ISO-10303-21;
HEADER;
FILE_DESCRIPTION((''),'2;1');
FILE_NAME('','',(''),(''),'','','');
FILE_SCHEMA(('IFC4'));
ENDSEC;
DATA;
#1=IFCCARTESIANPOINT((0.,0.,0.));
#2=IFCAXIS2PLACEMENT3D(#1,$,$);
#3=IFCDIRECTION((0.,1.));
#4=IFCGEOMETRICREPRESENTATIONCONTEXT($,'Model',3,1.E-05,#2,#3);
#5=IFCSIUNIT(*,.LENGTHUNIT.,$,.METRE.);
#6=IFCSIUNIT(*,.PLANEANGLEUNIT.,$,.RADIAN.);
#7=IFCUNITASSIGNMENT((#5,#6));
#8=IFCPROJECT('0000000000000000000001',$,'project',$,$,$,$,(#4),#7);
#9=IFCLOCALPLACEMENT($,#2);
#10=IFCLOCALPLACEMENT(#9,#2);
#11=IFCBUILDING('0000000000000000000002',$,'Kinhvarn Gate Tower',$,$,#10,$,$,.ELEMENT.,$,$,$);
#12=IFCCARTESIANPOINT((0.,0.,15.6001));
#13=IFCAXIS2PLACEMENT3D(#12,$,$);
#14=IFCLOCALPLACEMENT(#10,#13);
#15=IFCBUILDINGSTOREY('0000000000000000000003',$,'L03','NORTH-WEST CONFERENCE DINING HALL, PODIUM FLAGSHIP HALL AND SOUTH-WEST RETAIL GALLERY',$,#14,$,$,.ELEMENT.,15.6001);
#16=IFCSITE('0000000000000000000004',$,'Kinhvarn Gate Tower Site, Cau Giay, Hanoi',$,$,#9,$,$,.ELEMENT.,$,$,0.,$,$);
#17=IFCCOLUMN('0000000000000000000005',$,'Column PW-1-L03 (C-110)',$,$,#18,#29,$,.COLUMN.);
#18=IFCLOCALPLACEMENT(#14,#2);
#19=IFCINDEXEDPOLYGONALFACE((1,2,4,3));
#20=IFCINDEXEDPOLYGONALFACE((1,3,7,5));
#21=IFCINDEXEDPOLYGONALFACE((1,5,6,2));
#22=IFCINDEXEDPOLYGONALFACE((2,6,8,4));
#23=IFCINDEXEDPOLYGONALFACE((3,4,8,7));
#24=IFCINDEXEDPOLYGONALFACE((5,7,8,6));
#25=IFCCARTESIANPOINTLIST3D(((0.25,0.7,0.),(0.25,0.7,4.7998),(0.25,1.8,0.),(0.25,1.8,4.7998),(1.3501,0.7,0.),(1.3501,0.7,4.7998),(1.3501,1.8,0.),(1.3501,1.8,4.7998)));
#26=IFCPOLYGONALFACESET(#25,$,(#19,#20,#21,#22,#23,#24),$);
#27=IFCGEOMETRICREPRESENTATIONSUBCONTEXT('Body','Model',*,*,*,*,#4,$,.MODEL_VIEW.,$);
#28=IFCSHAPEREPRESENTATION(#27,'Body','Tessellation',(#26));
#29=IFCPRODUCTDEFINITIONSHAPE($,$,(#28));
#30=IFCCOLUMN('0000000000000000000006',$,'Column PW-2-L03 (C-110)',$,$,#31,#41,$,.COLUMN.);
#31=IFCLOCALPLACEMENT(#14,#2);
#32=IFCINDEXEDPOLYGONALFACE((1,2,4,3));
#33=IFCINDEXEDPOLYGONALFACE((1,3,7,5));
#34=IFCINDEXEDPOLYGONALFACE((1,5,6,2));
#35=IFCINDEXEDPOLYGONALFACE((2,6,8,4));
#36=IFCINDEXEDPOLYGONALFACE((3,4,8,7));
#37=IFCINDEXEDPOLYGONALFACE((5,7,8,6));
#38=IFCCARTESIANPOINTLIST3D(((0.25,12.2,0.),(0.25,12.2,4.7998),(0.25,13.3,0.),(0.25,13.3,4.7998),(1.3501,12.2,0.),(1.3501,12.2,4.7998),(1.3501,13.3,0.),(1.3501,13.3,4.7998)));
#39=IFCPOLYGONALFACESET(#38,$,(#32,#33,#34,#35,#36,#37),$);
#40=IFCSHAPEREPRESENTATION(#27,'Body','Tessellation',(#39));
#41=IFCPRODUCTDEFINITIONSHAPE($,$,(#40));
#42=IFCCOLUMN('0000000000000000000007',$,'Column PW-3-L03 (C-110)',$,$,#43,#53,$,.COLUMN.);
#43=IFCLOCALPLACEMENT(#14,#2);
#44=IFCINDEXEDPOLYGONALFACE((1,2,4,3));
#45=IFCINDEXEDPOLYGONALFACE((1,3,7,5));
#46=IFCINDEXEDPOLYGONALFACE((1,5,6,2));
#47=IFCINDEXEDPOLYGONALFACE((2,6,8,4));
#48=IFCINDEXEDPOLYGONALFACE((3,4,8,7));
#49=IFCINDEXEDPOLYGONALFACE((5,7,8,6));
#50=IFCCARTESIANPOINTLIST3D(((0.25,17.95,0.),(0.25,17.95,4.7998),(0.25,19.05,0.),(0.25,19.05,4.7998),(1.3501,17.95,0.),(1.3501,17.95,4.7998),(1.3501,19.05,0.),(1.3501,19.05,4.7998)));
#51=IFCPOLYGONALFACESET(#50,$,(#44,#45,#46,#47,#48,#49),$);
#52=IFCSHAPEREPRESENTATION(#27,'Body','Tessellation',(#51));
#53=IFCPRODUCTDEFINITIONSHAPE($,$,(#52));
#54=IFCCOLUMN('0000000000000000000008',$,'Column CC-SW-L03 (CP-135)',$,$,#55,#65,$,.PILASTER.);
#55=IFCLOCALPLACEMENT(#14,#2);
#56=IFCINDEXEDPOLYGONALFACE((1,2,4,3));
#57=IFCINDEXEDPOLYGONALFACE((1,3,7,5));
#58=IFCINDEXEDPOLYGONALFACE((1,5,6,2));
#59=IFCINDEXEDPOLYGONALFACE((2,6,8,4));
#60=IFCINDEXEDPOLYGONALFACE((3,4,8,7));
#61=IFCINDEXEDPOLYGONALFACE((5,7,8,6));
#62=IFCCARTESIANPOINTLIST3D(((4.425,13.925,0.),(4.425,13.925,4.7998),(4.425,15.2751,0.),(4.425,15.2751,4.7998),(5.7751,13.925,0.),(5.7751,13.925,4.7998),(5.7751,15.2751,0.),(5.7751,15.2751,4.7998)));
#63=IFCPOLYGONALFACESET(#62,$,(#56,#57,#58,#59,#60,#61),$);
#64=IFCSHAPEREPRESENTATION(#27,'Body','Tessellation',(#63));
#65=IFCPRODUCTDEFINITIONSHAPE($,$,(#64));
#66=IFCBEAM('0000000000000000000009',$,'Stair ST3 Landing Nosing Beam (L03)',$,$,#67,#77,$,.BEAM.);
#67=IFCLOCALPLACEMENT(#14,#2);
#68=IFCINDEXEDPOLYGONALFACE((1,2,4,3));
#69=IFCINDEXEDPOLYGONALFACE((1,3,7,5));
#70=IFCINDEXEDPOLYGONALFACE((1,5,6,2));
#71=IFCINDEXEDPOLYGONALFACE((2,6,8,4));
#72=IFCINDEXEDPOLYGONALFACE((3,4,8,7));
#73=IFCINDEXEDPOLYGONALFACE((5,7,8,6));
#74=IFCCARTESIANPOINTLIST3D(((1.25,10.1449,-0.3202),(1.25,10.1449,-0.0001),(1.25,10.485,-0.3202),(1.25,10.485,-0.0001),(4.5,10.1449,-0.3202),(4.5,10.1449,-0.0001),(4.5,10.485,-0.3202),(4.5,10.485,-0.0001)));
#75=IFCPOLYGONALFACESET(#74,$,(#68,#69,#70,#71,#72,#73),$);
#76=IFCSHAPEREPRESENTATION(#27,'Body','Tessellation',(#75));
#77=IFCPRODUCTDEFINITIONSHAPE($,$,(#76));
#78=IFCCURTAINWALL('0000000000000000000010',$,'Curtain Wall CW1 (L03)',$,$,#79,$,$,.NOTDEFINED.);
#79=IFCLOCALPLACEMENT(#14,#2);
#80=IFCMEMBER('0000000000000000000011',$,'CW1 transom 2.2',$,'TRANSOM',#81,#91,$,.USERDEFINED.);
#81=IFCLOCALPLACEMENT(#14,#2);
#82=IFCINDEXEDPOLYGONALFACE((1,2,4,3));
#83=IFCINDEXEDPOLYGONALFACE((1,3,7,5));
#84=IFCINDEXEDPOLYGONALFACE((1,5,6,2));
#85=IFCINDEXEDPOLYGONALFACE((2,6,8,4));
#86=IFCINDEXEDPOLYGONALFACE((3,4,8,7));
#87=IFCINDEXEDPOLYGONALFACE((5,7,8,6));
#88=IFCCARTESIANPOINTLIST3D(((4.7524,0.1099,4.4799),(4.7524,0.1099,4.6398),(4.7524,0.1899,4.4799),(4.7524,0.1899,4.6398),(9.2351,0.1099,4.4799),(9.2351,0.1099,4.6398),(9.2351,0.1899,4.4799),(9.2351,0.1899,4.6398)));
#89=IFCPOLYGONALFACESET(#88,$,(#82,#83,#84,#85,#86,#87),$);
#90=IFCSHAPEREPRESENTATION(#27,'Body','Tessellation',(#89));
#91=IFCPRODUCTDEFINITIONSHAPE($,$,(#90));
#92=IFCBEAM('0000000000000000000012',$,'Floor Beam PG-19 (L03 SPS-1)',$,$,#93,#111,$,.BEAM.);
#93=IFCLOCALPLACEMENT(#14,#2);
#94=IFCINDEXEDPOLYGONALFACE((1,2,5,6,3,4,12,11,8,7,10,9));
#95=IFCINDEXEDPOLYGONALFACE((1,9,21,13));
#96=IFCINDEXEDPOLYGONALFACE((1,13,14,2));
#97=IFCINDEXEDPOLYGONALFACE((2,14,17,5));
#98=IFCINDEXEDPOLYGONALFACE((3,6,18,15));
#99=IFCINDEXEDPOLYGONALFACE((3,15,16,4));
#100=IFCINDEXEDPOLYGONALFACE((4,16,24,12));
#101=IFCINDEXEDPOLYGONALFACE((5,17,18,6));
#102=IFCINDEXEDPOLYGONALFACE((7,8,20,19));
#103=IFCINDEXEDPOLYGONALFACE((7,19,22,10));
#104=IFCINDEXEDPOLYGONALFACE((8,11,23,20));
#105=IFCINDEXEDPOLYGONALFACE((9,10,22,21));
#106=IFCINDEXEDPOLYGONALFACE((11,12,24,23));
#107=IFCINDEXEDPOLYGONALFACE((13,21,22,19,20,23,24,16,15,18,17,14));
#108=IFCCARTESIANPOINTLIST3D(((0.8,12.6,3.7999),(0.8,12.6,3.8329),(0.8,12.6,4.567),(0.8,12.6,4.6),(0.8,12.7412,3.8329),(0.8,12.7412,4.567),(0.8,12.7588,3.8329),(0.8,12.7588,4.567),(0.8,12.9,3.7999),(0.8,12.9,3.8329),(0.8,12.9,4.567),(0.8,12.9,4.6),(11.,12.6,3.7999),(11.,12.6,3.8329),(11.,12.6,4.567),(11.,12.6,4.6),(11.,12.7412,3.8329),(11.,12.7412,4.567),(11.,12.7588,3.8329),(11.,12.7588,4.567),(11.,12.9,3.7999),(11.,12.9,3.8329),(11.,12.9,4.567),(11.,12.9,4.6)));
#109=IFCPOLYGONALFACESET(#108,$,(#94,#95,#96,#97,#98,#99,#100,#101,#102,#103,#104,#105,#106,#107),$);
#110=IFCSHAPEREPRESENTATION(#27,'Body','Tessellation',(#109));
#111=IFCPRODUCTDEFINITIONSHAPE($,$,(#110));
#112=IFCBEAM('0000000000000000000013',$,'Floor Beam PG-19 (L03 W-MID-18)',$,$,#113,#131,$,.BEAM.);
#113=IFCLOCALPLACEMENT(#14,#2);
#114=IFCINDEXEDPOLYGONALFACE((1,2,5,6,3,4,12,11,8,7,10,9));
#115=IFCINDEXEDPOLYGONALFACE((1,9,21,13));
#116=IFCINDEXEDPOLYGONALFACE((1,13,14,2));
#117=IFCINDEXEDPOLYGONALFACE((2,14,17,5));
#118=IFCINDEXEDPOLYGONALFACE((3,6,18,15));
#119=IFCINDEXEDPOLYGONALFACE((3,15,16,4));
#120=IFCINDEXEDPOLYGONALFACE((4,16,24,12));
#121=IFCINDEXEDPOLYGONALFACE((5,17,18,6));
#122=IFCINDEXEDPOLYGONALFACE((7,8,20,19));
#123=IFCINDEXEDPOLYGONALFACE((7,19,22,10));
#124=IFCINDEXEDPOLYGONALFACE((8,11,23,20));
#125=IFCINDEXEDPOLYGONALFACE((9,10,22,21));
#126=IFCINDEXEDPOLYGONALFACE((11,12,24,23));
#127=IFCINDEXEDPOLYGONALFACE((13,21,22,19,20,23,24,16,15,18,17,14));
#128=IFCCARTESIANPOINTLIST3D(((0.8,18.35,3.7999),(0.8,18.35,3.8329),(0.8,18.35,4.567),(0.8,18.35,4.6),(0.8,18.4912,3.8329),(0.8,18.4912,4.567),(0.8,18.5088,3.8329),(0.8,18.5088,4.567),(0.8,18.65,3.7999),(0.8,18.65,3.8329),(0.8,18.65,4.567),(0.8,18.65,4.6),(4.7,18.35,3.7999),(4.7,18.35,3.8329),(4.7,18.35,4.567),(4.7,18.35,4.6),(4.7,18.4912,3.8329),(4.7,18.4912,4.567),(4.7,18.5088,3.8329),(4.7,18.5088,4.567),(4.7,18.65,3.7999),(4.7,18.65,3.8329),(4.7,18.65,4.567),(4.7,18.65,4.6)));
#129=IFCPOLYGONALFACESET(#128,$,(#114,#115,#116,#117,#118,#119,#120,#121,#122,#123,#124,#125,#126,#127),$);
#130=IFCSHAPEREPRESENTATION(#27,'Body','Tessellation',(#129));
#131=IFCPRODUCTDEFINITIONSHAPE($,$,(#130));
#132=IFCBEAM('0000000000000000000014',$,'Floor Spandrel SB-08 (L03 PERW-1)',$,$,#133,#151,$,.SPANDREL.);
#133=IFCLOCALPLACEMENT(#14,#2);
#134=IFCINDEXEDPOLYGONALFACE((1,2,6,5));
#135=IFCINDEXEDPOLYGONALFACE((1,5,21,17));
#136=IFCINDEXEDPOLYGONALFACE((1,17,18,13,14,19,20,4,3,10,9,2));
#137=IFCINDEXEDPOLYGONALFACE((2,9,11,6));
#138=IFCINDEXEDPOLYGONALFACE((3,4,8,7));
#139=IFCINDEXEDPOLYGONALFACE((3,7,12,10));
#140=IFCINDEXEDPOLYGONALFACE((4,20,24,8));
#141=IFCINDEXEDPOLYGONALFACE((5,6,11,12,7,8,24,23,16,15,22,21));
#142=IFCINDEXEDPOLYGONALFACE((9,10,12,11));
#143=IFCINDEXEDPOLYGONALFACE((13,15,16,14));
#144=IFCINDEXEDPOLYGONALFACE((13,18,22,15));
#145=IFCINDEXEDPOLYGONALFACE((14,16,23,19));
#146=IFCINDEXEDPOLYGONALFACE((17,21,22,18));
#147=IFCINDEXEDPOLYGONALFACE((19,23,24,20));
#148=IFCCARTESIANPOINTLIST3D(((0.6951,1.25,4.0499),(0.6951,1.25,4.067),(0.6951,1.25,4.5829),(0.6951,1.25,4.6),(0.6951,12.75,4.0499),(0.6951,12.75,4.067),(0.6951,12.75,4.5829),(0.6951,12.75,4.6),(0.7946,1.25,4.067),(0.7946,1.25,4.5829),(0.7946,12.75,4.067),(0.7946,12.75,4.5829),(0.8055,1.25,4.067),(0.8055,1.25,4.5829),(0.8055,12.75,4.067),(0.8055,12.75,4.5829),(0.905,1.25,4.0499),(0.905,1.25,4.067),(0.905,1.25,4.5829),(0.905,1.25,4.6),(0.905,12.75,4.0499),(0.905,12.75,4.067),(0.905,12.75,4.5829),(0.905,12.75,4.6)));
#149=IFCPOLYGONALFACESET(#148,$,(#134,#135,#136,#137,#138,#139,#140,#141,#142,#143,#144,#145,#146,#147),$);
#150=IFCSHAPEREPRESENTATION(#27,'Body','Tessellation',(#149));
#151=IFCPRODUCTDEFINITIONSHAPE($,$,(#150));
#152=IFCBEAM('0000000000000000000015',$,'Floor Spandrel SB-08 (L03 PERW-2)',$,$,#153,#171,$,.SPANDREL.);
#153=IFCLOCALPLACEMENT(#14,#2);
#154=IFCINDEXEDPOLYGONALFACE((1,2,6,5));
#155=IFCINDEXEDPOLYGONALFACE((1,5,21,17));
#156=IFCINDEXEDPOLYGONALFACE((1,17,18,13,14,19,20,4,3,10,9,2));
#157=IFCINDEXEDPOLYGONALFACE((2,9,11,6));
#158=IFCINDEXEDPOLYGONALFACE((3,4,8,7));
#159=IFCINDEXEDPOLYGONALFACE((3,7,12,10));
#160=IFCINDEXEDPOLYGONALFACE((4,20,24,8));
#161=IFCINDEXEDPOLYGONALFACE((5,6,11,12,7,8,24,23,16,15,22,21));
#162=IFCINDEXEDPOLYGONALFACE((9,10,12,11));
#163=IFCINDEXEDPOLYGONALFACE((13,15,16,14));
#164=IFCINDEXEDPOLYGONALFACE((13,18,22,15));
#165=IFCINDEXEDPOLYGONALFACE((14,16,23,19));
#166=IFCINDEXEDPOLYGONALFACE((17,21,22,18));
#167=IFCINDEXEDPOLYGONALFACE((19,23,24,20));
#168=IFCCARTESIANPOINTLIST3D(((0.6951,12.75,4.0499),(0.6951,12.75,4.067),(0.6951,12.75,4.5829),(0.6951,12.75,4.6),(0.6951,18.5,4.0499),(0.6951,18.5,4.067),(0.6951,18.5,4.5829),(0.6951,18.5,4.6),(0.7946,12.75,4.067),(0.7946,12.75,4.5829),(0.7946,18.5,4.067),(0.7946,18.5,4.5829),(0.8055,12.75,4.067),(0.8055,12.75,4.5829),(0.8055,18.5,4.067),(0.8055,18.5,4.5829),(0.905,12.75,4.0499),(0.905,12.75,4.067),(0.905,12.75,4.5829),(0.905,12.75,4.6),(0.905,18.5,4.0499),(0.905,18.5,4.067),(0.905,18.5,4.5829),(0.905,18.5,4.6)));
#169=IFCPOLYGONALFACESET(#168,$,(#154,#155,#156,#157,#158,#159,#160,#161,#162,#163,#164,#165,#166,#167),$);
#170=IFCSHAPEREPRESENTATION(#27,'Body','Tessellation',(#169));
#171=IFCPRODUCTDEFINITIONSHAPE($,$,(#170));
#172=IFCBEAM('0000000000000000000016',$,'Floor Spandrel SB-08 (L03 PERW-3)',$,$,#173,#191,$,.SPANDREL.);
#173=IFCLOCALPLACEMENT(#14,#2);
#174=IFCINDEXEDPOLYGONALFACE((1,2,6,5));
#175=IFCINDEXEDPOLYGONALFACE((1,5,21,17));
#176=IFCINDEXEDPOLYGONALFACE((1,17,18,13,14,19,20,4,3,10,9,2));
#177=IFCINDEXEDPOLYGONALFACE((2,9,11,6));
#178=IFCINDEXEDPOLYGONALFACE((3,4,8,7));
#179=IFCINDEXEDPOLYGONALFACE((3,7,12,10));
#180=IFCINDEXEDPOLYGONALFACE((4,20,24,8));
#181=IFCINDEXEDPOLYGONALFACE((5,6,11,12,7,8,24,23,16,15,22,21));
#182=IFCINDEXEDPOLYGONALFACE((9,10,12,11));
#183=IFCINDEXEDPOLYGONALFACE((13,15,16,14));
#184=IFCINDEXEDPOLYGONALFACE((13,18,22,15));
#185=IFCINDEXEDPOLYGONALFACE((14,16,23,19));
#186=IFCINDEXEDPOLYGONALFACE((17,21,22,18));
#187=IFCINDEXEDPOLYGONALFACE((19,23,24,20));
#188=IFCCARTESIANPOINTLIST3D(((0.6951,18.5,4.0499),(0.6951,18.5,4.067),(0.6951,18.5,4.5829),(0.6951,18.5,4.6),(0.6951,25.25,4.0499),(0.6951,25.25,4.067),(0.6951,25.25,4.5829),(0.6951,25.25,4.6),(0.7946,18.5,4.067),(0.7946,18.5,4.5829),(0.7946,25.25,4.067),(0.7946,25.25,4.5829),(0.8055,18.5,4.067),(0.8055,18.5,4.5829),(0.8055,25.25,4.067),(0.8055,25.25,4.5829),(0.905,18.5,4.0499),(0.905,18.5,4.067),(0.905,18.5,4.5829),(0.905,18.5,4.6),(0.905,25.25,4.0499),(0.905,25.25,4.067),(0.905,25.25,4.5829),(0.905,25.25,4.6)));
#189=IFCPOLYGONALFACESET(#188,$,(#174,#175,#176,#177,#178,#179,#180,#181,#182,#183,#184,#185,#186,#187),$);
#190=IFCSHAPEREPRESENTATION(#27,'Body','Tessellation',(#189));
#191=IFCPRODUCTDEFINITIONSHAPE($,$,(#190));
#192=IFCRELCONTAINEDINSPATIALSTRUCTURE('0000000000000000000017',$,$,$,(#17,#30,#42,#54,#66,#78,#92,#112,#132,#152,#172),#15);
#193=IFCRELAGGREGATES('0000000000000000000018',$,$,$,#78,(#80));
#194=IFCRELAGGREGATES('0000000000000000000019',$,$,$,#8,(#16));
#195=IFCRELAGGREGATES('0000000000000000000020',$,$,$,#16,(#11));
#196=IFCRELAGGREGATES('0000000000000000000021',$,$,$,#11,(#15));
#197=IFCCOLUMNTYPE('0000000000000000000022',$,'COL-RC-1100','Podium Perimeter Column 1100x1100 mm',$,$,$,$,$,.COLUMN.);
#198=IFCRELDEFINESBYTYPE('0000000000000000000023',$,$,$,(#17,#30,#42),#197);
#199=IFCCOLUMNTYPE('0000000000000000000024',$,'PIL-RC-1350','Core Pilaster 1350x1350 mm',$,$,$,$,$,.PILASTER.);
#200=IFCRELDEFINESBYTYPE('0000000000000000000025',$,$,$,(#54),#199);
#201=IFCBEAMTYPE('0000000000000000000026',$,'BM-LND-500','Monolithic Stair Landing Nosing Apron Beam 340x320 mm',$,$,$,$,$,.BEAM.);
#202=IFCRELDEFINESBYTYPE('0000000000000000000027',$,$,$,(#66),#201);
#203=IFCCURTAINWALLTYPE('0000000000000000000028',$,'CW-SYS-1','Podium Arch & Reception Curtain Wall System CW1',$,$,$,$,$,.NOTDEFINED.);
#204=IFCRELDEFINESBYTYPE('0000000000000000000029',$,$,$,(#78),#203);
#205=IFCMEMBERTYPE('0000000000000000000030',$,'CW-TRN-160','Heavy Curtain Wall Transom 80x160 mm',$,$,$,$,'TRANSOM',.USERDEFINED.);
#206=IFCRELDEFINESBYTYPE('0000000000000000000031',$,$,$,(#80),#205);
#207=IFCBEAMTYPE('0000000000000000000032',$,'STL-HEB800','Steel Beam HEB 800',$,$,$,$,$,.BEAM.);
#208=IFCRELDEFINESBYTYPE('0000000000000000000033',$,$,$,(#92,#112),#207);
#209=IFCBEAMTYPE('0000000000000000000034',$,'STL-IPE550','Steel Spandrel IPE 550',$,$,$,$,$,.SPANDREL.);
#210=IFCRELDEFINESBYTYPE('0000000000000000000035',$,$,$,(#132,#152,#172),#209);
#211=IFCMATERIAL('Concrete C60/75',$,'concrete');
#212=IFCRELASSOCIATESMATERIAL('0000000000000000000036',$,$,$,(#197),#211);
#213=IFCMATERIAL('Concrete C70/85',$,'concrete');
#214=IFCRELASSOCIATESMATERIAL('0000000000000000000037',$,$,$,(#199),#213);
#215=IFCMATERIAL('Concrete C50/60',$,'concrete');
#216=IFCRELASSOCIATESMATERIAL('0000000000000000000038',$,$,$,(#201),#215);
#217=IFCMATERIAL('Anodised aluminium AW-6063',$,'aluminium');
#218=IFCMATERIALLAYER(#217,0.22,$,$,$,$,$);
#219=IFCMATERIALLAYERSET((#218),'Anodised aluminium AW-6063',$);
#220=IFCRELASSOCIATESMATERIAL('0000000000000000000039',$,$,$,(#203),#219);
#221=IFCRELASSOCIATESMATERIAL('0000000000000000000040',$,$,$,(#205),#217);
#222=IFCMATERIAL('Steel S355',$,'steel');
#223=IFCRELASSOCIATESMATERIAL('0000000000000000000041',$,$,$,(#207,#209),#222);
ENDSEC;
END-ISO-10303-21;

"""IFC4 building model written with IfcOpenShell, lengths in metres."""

from ifc_helpers import new_model, si_unit, direction, frame, origin, origin_2d, place, context, subcontext, project, spatial, rectangle, i_section, extrude, material, layer, layer_set, material_profile, profile_set, type_object, element, aggregate, save


model = new_model("IFC4")

# Units and contexts
model_context = context("Model", 3, precision=1e-05, world=origin(), true_north=direction((0.0, 1.0)))
body_context = subcontext(model_context, "Body", "Model", "MODEL_VIEW")
ifc_project = project(units=[si_unit("LENGTHUNIT", "METRE"), si_unit("PLANEANGLEUNIT", "RADIAN")], contexts=[model_context])

# Site, building, storey
site_placement = place(None, origin())
site = spatial("IfcSite", under=ifc_project, at=site_placement, Name="Kinhvarn Gate Tower Site, Cau Giay, Hanoi", CompositionType="ELEMENT", RefElevation=0.0)
building_placement = place(site_placement, origin())
building = spatial("IfcBuilding", under=site, at=building_placement, Name="Kinhvarn Gate Tower", CompositionType="ELEMENT")
storey_placement = place(building_placement, frame((0.0, 0.0, 15.6001)))
storey = spatial("IfcBuildingStorey", under=building, at=storey_placement, Name="L03", Description="NORTH-WEST CONFERENCE DINING HALL, PODIUM FLAGSHIP HALL AND SOUTH-WEST RETAIL GALLERY", CompositionType="ELEMENT", Elevation=15.6001)

# Columns
ifc_material_1 = material(Name="Concrete C60/75", Category="concrete")
ifc_material_profile_1 = material_profile(ifc_material_1, rectangle(XDim=1.1001, YDim=1.1001, at=origin_2d()), Name="RC 1100x1100")
ifc_profile_set_1 = profile_set([ifc_material_profile_1], Name="Concrete C60/75")
column_type_1 = type_object("IfcColumnType", Name="COL-RC-1100", Description="Podium Perimeter Column 1100x1100 mm", PredefinedType="COLUMN", material=ifc_profile_set_1)
for number, where, z_axis, x_axis, name in (
    (1, (0.8, 1.25, 0.0), (0.0, 0.0, 1.0), (1.0, 0.0, 0.0), "Column PW-1-L03 (C-110)"),
    (2, (0.8, 12.75, 0.0), (0.0, 0.0, 1.0), (1.0, 0.0, 0.0), "Column PW-2-L03 (C-110)"),
    (3, (0.8, 18.5, 0.0), (0.0, 0.0, 1.0), (1.0, 0.0, 0.0), "Column PW-3-L03 (C-110)"),
):
    element("IfcColumn", number, at=place(storey_placement, frame(where, z_axis=z_axis, x_axis=x_axis)), inside=storey, type_object=column_type_1, Name=name, PredefinedType="COLUMN", context=body_context, shape_type="SweptSolid", body=[
        extrude(rectangle(XDim=1.1001, YDim=1.1001, at=origin_2d()), origin(), (0.0, 0.0, 1.0), 4.7998),
    ])
ifc_material_2 = material(Name="Concrete C70/85", Category="concrete")
ifc_material_profile_2 = material_profile(ifc_material_2, rectangle(XDim=1.3501, YDim=1.3501, at=origin_2d()), Name="RC 1350x1350")
ifc_profile_set_2 = profile_set([ifc_material_profile_2], Name="Concrete C70/85")
column_type_2 = type_object("IfcColumnType", Name="PIL-RC-1350", Description="Core Pilaster 1350x1350 mm", PredefinedType="PILASTER", material=ifc_profile_set_2)
column_placement = place(storey_placement, frame((5.1001, 14.6001, 0.0), z_axis=(0.0, 0.0, 1.0), x_axis=(1.0, 0.0, 0.0)))
element("IfcColumn", 4, at=column_placement, inside=storey, type_object=column_type_2, Name="Column CC-SW-L03 (CP-135)", PredefinedType="PILASTER", context=body_context, shape_type="SweptSolid", body=[
    extrude(rectangle(XDim=1.3501, YDim=1.3501, at=origin_2d()), origin(), (0.0, 0.0, 1.0), 4.7998),
])

# Beam
ifc_material_3 = material(Name="Concrete C50/60", Category="concrete")
ifc_material_profile_3 = material_profile(ifc_material_3, rectangle(XDim=0.3401, YDim=0.3201, at=origin_2d()), Name="RC 340x320")
ifc_profile_set_3 = profile_set([ifc_material_profile_3], Name="Concrete C50/60")
beam_type_1 = type_object("IfcBeamType", Name="BM-LND-500", Description="Monolithic Stair Landing Nosing Apron Beam 340x320 mm", PredefinedType="BEAM", material=ifc_profile_set_3)
beam_1_placement = place(storey_placement, frame((1.25, 10.3149, -0.1602), z_axis=(1.0, 0.0, 0.0), x_axis=(0.0, 1.0, 0.0)))
element("IfcBeam", 5, at=beam_1_placement, inside=storey, type_object=beam_type_1, Name="Stair ST3 Landing Nosing Beam (L03)", PredefinedType="BEAM", context=body_context, shape_type="SweptSolid", body=[
    extrude(rectangle(XDim=0.3401, YDim=0.3201, at=origin_2d()), origin(), (0.0, 0.0, 1.0), 3.25),
])

# Curtain wall, member
ifc_material_4 = material(Name="Anodised aluminium AW-6063", Category="aluminium")
ifc_layer_1 = layer(ifc_material_4, 0.22)
ifc_layer_set_1 = layer_set([ifc_layer_1], Name="Anodised aluminium AW-6063")
curtain_wall_type = type_object("IfcCurtainWallType", Name="CW-SYS-1", Description="Podium Arch & Reception Curtain Wall System CW1", PredefinedType="NOTDEFINED", material=ifc_layer_set_1)
curtain_wall_placement = place(storey_placement, origin())
curtain_wall = element("IfcCurtainWall", 6, at=curtain_wall_placement, inside=storey, type_object=curtain_wall_type, Name="Curtain Wall CW1 (L03)", PredefinedType="NOTDEFINED")
ifc_material_profile_4 = material_profile(ifc_material_4, rectangle(XDim=0.0801, YDim=0.1599, at=origin_2d()), Name="ALU 80x160")
ifc_profile_set_4 = profile_set([ifc_material_profile_4], Name="Anodised aluminium AW-6063")
member_type = type_object("IfcMemberType", Name="CW-TRN-160", Description="Heavy Curtain Wall Transom 80x160 mm", ElementType="TRANSOM", PredefinedType="USERDEFINED", material=ifc_profile_set_4)
member_placement = place(storey_placement, frame((4.7524, 0.1499, 4.5598), z_axis=(1.0, 0.0, 0.0), x_axis=(0.0, 1.0, 0.0)))
member = element("IfcMember", 7, at=member_placement, type_object=member_type, Name="CW1 transom 2.2", ObjectType="TRANSOM", PredefinedType="USERDEFINED", context=body_context, shape_type="SweptSolid", body=[
    extrude(rectangle(XDim=0.0801, YDim=0.1599, at=origin_2d()), origin(), (0.0, 0.0, 1.0), 4.4827),
])
aggregate(curtain_wall, [member])

# Beams
ifc_material_5 = material(Name="Steel S355", Category="steel")
ifc_material_profile_5 = material_profile(ifc_material_5, i_section(OverallWidth=0.3, OverallDepth=0.8, WebThickness=0.0176, FlangeThickness=0.033, at=origin_2d()), Name="HEB 800")
ifc_profile_set_5 = profile_set([ifc_material_profile_5], Name="Steel S355")
beam_type_2 = type_object("IfcBeamType", Name="STL-HEB800", Description="Steel Beam HEB 800", PredefinedType="BEAM", material=ifc_profile_set_5)
beam_2_placement = place(storey_placement, frame((0.8, 12.75, 4.2), z_axis=(1.0, 0.0, 0.0), x_axis=(0.0, 1.0, 0.0)))
element("IfcBeam", 8, at=beam_2_placement, inside=storey, type_object=beam_type_2, Name="Floor Beam PG-19 (L03 SPS-1)", PredefinedType="BEAM", context=body_context, shape_type="SweptSolid", body=[
    extrude(i_section(OverallWidth=0.3, OverallDepth=0.8, WebThickness=0.0176, FlangeThickness=0.033, at=origin_2d()), origin(), (0.0, 0.0, 1.0), 10.2),
])
beam_3_placement = place(storey_placement, frame((0.8, 18.5, 4.2), z_axis=(1.0, 0.0, 0.0), x_axis=(0.0, 1.0, 0.0)))
element("IfcBeam", 9, at=beam_3_placement, inside=storey, type_object=beam_type_2, Name="Floor Beam PG-19 (L03 W-MID-18)", PredefinedType="BEAM", context=body_context, shape_type="SweptSolid", body=[
    extrude(i_section(OverallWidth=0.3, OverallDepth=0.8, WebThickness=0.0176, FlangeThickness=0.033, at=origin_2d()), origin(), (0.0, 0.0, 1.0), 3.8999),
])
ifc_material_profile_6 = material_profile(ifc_material_5, i_section(OverallWidth=0.21, OverallDepth=0.55, WebThickness=0.011, FlangeThickness=0.0171, at=origin_2d()), Name="IPE 550")
ifc_profile_set_6 = profile_set([ifc_material_profile_6], Name="Steel S355")
beam_type_3 = type_object("IfcBeamType", Name="STL-IPE550", Description="Steel Spandrel IPE 550", PredefinedType="SPANDREL", material=ifc_profile_set_6)
beam_4_placement = place(storey_placement, frame((0.8, 1.25, 4.325), z_axis=(0.0, 1.0, 0.0), x_axis=(-1.0, 0.0, 0.0)))
element("IfcBeam", 10, at=beam_4_placement, inside=storey, type_object=beam_type_3, Name="Floor Spandrel SB-08 (L03 PERW-1)", PredefinedType="SPANDREL", context=body_context, shape_type="SweptSolid", body=[
    extrude(i_section(OverallWidth=0.21, OverallDepth=0.55, WebThickness=0.011, FlangeThickness=0.0171, at=origin_2d()), origin(), (0.0, 0.0, 1.0), 11.5),
])
beam_5_placement = place(storey_placement, frame((0.8, 12.75, 4.325), z_axis=(0.0, 1.0, 0.0), x_axis=(-1.0, 0.0, 0.0)))
element("IfcBeam", 11, at=beam_5_placement, inside=storey, type_object=beam_type_3, Name="Floor Spandrel SB-08 (L03 PERW-2)", PredefinedType="SPANDREL", context=body_context, shape_type="SweptSolid", body=[
    extrude(i_section(OverallWidth=0.21, OverallDepth=0.55, WebThickness=0.011, FlangeThickness=0.0171, at=origin_2d()), origin(), (0.0, 0.0, 1.0), 5.75),
])
beam_6_placement = place(storey_placement, frame((0.8, 18.5, 4.325), z_axis=(0.0, 1.0, 0.0), x_axis=(-1.0, 0.0, 0.0)))
element("IfcBeam", 12, at=beam_6_placement, inside=storey, type_object=beam_type_3, Name="Floor Spandrel SB-08 (L03 PERW-3)", PredefinedType="SPANDREL", context=body_context, shape_type="SweptSolid", body=[
    extrude(i_section(OverallWidth=0.21, OverallDepth=0.55, WebThickness=0.011, FlangeThickness=0.0171, at=origin_2d()), origin(), (0.0, 0.0, 1.0), 6.75),
])

save(model, "model.ifc")
